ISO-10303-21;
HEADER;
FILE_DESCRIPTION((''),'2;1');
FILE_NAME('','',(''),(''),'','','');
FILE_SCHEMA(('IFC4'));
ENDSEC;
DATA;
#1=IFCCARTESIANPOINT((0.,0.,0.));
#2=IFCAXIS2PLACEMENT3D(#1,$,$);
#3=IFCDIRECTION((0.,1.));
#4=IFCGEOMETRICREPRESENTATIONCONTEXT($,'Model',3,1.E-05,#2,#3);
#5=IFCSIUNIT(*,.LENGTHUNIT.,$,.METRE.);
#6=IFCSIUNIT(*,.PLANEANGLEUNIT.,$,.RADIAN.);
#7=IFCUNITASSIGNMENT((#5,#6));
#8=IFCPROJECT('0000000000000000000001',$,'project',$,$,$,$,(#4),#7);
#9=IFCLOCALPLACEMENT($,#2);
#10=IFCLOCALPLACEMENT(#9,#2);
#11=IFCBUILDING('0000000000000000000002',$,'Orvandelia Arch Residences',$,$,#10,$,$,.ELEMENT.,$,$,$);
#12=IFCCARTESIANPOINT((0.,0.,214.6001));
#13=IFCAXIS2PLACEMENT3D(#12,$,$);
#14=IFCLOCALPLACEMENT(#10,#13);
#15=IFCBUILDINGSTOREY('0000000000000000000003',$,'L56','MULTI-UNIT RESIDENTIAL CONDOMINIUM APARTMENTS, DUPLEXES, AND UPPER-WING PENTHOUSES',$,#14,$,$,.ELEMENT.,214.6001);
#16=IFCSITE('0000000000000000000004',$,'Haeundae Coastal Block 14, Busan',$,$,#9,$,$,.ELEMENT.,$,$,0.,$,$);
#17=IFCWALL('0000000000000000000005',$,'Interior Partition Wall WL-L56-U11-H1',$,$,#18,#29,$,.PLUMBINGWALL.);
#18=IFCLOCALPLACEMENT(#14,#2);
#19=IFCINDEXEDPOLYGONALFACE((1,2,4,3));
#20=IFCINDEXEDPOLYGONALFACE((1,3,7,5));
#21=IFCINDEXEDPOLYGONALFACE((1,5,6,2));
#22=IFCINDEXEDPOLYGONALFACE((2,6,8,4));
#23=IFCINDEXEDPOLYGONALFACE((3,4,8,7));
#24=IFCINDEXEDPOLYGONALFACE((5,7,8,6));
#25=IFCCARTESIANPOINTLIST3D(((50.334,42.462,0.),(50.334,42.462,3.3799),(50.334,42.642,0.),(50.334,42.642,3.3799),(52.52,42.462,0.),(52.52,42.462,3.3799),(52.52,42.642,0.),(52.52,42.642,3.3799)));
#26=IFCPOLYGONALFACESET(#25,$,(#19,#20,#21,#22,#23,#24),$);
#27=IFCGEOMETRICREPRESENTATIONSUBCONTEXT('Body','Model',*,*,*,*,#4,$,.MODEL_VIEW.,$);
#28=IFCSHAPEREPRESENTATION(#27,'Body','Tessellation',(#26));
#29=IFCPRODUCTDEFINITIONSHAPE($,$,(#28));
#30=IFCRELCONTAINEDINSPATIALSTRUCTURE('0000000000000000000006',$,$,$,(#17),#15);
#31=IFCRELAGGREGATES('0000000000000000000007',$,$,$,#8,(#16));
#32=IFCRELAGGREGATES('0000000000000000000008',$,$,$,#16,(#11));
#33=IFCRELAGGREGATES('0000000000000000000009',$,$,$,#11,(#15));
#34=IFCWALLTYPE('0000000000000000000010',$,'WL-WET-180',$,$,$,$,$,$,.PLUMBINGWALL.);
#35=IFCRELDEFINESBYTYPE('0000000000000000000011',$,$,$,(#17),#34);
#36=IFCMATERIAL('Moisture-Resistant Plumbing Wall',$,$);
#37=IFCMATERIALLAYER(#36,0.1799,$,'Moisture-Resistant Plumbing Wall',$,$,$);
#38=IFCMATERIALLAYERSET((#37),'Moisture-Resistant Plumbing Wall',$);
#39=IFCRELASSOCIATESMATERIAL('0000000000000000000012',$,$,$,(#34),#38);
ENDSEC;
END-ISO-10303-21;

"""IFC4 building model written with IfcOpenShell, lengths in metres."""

from ifc_helpers import new_model, si_unit, direction, frame, frame_2d, origin, place, context, subcontext, project, spatial, rectangle, extrude, material, layer, layer_set, type_object, element, save


model = new_model("IFC4")

# Units and contexts
model_context = context("Model", 3, precision=1e-05, world=origin(), true_north=direction((0.0, 1.0)))
body_context = subcontext(model_context, "Body", "Model", "MODEL_VIEW")
ifc_project = project(units=[si_unit("LENGTHUNIT", "METRE"), si_unit("PLANEANGLEUNIT", "RADIAN")], contexts=[model_context])

# Site, building, storey
site_placement = place(None, origin())
site = spatial("IfcSite", under=ifc_project, at=site_placement, Name="Haeundae Coastal Block 14, Busan", CompositionType="ELEMENT", RefElevation=0.0)
building_placement = place(site_placement, origin())
building = spatial("IfcBuilding", under=site, at=building_placement, Name="Orvandelia Arch Residences", CompositionType="ELEMENT")
storey_placement = place(building_placement, frame((0.0, 0.0, 214.6001)))
storey = spatial("IfcBuildingStorey", under=building, at=storey_placement, Name="L56", Description="MULTI-UNIT RESIDENTIAL CONDOMINIUM APARTMENTS, DUPLEXES, AND UPPER-WING PENTHOUSES", CompositionType="ELEMENT", Elevation=214.6001)

# Wall
ifc_material_1 = material(Name="Moisture-Resistant Plumbing Wall")
ifc_layer_1 = layer(ifc_material_1, 0.1799, Name="Moisture-Resistant Plumbing Wall")
ifc_layer_set_1 = layer_set([ifc_layer_1], Name="Moisture-Resistant Plumbing Wall")
wall_type_1 = type_object("IfcWallType", Name="WL-WET-180", PredefinedType="PLUMBINGWALL", material=ifc_layer_set_1)
wall_1_placement = place(storey_placement, frame((50.334, 42.552, 0.0), z_axis=(0.0, 0.0, 1.0), x_axis=(1.0, 0.0, 0.0)))
element("IfcWall", 1, at=wall_1_placement, inside=storey, type_object=wall_type_1, Name="Interior Partition Wall WL-L56-U11-H1", PredefinedType="PLUMBINGWALL", context=body_context, shape_type="SweptSolid", body=[
    extrude(rectangle(XDim=2.186, YDim=0.1799, at=frame_2d((1.093, 0.0))), origin(), (0.0, 0.0, 1.0), 3.3799),
])

save(model, "model.ifc")
